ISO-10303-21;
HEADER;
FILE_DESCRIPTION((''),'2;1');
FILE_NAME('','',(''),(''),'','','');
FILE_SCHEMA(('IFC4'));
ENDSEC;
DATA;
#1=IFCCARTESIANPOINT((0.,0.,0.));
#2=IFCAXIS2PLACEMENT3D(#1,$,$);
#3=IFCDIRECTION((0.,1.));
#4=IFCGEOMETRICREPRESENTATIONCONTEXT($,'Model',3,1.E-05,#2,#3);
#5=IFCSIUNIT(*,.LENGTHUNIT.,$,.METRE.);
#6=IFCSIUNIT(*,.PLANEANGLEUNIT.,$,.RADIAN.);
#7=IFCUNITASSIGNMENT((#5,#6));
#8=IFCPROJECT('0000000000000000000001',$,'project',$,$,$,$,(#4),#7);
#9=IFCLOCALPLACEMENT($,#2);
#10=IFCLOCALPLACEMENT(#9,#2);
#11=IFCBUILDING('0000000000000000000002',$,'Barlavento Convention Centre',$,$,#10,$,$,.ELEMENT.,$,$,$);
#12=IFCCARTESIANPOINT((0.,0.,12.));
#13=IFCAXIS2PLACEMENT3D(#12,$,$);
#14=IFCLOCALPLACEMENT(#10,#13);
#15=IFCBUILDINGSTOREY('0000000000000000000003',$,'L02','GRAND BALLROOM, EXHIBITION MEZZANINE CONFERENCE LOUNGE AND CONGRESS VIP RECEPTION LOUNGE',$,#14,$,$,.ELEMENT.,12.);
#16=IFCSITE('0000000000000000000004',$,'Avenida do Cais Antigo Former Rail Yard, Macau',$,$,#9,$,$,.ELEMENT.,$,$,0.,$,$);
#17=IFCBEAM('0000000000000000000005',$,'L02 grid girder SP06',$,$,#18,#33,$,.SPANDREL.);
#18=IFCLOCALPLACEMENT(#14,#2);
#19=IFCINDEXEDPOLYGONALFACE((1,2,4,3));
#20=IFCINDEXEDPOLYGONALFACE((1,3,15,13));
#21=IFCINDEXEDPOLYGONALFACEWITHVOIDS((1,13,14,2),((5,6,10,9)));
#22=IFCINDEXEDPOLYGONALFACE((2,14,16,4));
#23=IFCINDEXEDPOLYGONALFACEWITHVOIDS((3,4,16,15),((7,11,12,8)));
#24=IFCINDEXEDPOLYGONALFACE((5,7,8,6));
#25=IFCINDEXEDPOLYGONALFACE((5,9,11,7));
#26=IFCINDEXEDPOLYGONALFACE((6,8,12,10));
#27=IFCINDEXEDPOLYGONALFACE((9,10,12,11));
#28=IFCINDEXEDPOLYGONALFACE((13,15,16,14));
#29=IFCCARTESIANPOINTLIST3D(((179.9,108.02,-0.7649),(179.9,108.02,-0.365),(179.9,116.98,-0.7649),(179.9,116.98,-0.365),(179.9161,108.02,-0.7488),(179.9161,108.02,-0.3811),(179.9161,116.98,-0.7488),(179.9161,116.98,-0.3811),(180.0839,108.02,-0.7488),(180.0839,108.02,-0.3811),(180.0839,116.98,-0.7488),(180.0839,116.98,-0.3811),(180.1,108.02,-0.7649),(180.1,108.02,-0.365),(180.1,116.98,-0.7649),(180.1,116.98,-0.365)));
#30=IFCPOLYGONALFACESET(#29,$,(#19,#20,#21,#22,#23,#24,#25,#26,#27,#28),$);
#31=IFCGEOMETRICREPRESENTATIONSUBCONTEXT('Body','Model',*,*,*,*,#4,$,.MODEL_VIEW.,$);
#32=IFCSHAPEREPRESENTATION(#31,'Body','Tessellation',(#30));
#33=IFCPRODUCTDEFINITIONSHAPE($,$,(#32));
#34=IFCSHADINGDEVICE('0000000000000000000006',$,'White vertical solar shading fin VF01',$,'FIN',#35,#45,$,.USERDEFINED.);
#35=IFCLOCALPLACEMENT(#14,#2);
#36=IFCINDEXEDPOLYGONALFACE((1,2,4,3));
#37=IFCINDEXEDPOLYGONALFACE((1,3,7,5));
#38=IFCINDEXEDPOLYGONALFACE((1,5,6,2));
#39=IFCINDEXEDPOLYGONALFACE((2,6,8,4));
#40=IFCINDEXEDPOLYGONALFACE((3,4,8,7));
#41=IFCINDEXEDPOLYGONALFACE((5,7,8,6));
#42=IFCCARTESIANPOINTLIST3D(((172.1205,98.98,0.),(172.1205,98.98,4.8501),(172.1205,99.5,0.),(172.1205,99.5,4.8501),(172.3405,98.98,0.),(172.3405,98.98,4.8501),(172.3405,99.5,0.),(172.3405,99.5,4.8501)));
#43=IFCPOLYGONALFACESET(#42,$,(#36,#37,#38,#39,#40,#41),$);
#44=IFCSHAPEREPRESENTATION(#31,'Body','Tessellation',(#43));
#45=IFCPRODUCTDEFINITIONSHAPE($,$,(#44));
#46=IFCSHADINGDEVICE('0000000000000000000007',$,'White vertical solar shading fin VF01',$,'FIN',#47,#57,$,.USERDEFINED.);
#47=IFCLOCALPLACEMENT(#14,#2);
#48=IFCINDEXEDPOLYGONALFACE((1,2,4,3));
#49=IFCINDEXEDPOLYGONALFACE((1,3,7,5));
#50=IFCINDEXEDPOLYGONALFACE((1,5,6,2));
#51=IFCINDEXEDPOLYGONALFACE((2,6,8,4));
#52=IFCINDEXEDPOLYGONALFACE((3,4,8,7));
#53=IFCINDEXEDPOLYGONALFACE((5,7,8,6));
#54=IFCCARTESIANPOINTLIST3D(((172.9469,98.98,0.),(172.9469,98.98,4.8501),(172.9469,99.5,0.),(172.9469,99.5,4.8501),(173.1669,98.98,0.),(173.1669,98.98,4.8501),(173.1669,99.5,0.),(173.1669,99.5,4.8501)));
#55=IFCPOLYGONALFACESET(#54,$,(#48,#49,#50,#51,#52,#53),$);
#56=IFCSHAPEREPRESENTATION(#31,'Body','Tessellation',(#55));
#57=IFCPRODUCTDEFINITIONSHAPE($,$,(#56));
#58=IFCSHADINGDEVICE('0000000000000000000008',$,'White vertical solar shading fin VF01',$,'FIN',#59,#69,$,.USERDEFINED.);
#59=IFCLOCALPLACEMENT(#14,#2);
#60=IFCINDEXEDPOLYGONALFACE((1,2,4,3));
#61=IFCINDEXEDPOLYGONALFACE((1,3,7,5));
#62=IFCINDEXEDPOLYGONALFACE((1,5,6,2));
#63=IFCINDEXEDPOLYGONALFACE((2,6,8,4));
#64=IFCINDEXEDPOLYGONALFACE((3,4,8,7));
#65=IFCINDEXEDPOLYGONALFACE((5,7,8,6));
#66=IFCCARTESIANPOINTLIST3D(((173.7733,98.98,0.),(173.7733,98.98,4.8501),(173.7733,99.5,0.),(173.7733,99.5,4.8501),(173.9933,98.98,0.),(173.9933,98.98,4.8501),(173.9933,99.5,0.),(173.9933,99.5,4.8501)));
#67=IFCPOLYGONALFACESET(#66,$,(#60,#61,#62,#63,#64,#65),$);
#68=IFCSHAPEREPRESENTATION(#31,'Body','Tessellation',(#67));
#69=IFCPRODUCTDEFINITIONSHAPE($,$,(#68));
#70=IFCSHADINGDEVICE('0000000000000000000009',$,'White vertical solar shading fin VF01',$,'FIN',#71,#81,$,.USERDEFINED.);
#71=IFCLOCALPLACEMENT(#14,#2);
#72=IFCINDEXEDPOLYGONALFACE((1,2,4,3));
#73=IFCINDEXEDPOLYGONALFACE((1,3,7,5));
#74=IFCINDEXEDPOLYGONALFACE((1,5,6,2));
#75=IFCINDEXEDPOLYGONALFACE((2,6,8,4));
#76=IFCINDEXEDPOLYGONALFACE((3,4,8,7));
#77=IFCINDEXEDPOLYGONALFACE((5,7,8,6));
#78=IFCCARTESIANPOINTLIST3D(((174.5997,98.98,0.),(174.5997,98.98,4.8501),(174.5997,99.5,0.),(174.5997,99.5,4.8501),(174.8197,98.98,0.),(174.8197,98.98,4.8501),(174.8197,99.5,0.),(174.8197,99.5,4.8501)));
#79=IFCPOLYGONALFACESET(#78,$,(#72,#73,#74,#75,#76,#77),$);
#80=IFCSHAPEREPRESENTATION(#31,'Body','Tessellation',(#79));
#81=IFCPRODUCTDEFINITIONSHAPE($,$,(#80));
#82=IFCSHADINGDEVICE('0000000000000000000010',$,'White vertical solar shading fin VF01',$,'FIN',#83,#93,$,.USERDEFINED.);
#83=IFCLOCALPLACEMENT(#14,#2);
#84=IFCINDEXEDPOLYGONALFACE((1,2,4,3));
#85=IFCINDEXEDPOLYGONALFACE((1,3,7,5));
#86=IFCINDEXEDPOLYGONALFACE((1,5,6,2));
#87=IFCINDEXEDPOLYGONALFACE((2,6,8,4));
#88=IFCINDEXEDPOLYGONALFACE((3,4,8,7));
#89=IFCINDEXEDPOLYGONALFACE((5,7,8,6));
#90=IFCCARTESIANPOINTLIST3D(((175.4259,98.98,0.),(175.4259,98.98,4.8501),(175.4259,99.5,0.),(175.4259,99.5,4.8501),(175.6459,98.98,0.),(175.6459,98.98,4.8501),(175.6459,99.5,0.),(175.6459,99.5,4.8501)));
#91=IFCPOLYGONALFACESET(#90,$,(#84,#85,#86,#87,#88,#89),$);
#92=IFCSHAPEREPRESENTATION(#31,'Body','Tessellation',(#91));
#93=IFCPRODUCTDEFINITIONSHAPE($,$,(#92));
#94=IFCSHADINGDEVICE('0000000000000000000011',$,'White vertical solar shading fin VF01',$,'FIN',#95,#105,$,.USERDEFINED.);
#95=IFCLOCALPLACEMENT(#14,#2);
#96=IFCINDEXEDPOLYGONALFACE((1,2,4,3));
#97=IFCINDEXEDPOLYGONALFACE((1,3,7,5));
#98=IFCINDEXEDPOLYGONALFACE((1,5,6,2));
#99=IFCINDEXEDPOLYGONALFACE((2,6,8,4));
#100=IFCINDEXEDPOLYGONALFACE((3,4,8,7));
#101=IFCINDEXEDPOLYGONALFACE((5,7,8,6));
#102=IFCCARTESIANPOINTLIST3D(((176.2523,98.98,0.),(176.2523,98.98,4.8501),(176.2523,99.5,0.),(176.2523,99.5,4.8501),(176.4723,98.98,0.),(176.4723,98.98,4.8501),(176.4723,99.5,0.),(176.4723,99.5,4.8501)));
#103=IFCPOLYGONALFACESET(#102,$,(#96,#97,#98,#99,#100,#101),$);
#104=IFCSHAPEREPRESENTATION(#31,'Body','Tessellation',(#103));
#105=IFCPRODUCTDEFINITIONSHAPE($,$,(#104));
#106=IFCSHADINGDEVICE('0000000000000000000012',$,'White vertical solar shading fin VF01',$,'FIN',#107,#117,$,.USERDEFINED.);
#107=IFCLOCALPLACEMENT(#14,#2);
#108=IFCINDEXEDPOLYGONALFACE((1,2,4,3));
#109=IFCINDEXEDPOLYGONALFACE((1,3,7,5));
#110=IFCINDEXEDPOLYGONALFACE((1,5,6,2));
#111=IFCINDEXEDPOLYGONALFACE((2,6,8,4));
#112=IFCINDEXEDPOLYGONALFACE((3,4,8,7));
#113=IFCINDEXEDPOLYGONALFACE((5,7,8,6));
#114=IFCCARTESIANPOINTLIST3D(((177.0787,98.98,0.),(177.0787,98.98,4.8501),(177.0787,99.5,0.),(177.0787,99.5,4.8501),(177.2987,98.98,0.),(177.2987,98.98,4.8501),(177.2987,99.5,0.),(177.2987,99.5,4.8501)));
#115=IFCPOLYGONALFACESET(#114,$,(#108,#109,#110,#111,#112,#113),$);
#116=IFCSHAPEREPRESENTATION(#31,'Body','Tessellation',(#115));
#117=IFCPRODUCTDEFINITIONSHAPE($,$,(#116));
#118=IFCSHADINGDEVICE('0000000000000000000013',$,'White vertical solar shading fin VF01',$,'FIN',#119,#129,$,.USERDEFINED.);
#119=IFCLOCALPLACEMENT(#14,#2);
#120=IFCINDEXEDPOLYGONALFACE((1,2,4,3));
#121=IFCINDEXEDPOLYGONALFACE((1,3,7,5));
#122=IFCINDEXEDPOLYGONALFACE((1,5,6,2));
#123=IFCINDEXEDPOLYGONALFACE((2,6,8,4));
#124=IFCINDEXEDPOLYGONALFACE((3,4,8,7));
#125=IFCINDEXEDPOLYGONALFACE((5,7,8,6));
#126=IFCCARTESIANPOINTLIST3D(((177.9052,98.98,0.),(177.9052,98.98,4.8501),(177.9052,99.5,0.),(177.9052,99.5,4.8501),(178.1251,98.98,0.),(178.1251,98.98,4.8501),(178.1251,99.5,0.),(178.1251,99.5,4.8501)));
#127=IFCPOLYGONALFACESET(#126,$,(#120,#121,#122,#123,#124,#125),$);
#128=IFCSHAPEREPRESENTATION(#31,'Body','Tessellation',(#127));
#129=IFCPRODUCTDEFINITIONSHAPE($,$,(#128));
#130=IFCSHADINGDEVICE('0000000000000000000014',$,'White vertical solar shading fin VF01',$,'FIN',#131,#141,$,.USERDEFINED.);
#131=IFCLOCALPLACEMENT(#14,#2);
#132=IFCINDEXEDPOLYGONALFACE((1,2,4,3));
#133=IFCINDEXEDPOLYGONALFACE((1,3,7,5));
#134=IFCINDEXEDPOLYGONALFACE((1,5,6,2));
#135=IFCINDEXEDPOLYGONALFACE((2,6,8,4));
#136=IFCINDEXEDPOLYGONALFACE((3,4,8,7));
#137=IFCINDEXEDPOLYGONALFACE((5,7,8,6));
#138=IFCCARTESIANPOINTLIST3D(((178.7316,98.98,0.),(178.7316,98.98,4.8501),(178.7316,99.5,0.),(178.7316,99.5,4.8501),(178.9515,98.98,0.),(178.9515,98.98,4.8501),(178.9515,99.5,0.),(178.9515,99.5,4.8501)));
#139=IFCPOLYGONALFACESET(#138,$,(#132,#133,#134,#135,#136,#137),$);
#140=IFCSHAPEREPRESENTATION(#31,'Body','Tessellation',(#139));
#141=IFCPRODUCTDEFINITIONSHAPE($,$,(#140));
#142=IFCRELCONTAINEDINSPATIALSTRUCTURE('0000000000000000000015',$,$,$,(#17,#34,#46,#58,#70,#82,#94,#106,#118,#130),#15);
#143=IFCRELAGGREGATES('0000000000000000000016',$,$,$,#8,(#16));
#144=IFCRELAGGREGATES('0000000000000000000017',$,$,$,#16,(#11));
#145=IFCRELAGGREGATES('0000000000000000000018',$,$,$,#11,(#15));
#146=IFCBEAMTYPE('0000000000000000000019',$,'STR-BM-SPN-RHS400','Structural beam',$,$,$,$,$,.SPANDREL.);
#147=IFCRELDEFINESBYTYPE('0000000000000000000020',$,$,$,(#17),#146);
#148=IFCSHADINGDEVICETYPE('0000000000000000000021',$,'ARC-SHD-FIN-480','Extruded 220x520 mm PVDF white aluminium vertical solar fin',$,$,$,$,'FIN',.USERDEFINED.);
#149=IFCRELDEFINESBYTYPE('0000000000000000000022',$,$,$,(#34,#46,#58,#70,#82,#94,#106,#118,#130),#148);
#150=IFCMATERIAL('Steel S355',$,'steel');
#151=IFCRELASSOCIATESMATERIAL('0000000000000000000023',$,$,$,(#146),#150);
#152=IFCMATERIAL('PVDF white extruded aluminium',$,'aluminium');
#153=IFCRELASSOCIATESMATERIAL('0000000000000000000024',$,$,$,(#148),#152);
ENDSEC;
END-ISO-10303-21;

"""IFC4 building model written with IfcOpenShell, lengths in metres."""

from ifc_helpers import new_model, si_unit, direction, frame, origin, origin_2d, place, context, subcontext, project, spatial, rectangle, hollow_rectangle, extrude, material, material_profile, profile_set, type_object, element, save


model = new_model("IFC4")

# Units and contexts
model_context = context("Model", 3, precision=1e-05, world=origin(), true_north=direction((0.0, 1.0)))
body_context = subcontext(model_context, "Body", "Model", "MODEL_VIEW")
ifc_project = project(units=[si_unit("LENGTHUNIT", "METRE"), si_unit("PLANEANGLEUNIT", "RADIAN")], contexts=[model_context])

# Site, building, storey
site_placement = place(None, origin())
site = spatial("IfcSite", under=ifc_project, at=site_placement, Name="Avenida do Cais Antigo Former Rail Yard, Macau", CompositionType="ELEMENT", RefElevation=0.0)
building_placement = place(site_placement, origin())
building = spatial("IfcBuilding", under=site, at=building_placement, Name="Barlavento Convention Centre", CompositionType="ELEMENT")
storey_placement = place(building_placement, frame((0.0, 0.0, 12.0)))
storey = spatial("IfcBuildingStorey", under=building, at=storey_placement, Name="L02", Description="GRAND BALLROOM, EXHIBITION MEZZANINE CONFERENCE LOUNGE AND CONGRESS VIP RECEPTION LOUNGE", CompositionType="ELEMENT", Elevation=12.0)

# Beam
ifc_material_1 = material(Name="Steel S355", Category="steel")
ifc_material_profile_1 = material_profile(ifc_material_1, hollow_rectangle(XDim=0.2, YDim=0.3999, WallThickness=0.0161, at=origin_2d()), Name="RHS 400x200x16.0")
ifc_profile_set_1 = profile_set([ifc_material_profile_1], Name="Steel S355")
beam_type_1 = type_object("IfcBeamType", Name="STR-BM-SPN-RHS400", Description="Structural beam", PredefinedType="SPANDREL", material=ifc_profile_set_1)
beam_1_placement = place(storey_placement, frame((180.0, 108.02, -0.5649), z_axis=(0.0, 1.0, 0.0), x_axis=(-1.0, 0.0, 0.0)))
element("IfcBeam", 1, at=beam_1_placement, inside=storey, type_object=beam_type_1, Name="L02 grid girder SP06", PredefinedType="SPANDREL", context=body_context, shape_type="SweptSolid", body=[
    extrude(hollow_rectangle(XDim=0.2, YDim=0.3999, WallThickness=0.0161, at=origin_2d()), origin(), (0.0, 0.0, 1.0), 8.96),
])

# Shading devices
ifc_material_2 = material(Name="PVDF white extruded aluminium", Category="aluminium")
shading_device_type = type_object("IfcShadingDeviceType", Name="ARC-SHD-FIN-480", Description="Extruded 220x520 mm PVDF white aluminium vertical solar fin", ElementType="FIN", PredefinedType="USERDEFINED", material=ifc_material_2)
for number, where, z_axis, x_axis, name in (
    (2, (172.2305, 99.24, 0.0), (0.0, 0.0, 1.0), (1.0, 0.0, 0.0), "White vertical solar shading fin VF01"),
    (3, (173.0569, 99.24, 0.0), (0.0, 0.0, 1.0), (1.0, 0.0, 0.0), "White vertical solar shading fin VF01"),
    (4, (173.8833, 99.24, 0.0), (0.0, 0.0, 1.0), (1.0, 0.0, 0.0), "White vertical solar shading fin VF01"),
    (5, (174.7097, 99.24, 0.0), (0.0, 0.0, 1.0), (1.0, 0.0, 0.0), "White vertical solar shading fin VF01"),
    (6, (175.5359, 99.24, 0.0), (0.0, 0.0, 1.0), (1.0, 0.0, 0.0), "White vertical solar shading fin VF01"),
    (7, (176.3623, 99.24, 0.0), (0.0, 0.0, 1.0), (1.0, 0.0, 0.0), "White vertical solar shading fin VF01"),
    (8, (177.1887, 99.24, 0.0), (0.0, 0.0, 1.0), (1.0, 0.0, 0.0), "White vertical solar shading fin VF01"),
    (9, (178.0151, 99.24, 0.0), (0.0, 0.0, 1.0), (1.0, 0.0, 0.0), "White vertical solar shading fin VF01"),
    (10, (178.8416, 99.24, 0.0), (0.0, 0.0, 1.0), (1.0, 0.0, 0.0), "White vertical solar shading fin VF01"),
):
    element("IfcShadingDevice", number, at=place(storey_placement, frame(where, z_axis=z_axis, x_axis=x_axis)), inside=storey, type_object=shading_device_type, Name=name, ObjectType="FIN", PredefinedType="USERDEFINED", context=body_context, shape_type="SweptSolid", body=[
        extrude(rectangle(XDim=0.22, YDim=0.52, at=origin_2d()), origin(), (0.0, 0.0, 1.0), 4.8501),
    ])

save(model, "model.ifc")
